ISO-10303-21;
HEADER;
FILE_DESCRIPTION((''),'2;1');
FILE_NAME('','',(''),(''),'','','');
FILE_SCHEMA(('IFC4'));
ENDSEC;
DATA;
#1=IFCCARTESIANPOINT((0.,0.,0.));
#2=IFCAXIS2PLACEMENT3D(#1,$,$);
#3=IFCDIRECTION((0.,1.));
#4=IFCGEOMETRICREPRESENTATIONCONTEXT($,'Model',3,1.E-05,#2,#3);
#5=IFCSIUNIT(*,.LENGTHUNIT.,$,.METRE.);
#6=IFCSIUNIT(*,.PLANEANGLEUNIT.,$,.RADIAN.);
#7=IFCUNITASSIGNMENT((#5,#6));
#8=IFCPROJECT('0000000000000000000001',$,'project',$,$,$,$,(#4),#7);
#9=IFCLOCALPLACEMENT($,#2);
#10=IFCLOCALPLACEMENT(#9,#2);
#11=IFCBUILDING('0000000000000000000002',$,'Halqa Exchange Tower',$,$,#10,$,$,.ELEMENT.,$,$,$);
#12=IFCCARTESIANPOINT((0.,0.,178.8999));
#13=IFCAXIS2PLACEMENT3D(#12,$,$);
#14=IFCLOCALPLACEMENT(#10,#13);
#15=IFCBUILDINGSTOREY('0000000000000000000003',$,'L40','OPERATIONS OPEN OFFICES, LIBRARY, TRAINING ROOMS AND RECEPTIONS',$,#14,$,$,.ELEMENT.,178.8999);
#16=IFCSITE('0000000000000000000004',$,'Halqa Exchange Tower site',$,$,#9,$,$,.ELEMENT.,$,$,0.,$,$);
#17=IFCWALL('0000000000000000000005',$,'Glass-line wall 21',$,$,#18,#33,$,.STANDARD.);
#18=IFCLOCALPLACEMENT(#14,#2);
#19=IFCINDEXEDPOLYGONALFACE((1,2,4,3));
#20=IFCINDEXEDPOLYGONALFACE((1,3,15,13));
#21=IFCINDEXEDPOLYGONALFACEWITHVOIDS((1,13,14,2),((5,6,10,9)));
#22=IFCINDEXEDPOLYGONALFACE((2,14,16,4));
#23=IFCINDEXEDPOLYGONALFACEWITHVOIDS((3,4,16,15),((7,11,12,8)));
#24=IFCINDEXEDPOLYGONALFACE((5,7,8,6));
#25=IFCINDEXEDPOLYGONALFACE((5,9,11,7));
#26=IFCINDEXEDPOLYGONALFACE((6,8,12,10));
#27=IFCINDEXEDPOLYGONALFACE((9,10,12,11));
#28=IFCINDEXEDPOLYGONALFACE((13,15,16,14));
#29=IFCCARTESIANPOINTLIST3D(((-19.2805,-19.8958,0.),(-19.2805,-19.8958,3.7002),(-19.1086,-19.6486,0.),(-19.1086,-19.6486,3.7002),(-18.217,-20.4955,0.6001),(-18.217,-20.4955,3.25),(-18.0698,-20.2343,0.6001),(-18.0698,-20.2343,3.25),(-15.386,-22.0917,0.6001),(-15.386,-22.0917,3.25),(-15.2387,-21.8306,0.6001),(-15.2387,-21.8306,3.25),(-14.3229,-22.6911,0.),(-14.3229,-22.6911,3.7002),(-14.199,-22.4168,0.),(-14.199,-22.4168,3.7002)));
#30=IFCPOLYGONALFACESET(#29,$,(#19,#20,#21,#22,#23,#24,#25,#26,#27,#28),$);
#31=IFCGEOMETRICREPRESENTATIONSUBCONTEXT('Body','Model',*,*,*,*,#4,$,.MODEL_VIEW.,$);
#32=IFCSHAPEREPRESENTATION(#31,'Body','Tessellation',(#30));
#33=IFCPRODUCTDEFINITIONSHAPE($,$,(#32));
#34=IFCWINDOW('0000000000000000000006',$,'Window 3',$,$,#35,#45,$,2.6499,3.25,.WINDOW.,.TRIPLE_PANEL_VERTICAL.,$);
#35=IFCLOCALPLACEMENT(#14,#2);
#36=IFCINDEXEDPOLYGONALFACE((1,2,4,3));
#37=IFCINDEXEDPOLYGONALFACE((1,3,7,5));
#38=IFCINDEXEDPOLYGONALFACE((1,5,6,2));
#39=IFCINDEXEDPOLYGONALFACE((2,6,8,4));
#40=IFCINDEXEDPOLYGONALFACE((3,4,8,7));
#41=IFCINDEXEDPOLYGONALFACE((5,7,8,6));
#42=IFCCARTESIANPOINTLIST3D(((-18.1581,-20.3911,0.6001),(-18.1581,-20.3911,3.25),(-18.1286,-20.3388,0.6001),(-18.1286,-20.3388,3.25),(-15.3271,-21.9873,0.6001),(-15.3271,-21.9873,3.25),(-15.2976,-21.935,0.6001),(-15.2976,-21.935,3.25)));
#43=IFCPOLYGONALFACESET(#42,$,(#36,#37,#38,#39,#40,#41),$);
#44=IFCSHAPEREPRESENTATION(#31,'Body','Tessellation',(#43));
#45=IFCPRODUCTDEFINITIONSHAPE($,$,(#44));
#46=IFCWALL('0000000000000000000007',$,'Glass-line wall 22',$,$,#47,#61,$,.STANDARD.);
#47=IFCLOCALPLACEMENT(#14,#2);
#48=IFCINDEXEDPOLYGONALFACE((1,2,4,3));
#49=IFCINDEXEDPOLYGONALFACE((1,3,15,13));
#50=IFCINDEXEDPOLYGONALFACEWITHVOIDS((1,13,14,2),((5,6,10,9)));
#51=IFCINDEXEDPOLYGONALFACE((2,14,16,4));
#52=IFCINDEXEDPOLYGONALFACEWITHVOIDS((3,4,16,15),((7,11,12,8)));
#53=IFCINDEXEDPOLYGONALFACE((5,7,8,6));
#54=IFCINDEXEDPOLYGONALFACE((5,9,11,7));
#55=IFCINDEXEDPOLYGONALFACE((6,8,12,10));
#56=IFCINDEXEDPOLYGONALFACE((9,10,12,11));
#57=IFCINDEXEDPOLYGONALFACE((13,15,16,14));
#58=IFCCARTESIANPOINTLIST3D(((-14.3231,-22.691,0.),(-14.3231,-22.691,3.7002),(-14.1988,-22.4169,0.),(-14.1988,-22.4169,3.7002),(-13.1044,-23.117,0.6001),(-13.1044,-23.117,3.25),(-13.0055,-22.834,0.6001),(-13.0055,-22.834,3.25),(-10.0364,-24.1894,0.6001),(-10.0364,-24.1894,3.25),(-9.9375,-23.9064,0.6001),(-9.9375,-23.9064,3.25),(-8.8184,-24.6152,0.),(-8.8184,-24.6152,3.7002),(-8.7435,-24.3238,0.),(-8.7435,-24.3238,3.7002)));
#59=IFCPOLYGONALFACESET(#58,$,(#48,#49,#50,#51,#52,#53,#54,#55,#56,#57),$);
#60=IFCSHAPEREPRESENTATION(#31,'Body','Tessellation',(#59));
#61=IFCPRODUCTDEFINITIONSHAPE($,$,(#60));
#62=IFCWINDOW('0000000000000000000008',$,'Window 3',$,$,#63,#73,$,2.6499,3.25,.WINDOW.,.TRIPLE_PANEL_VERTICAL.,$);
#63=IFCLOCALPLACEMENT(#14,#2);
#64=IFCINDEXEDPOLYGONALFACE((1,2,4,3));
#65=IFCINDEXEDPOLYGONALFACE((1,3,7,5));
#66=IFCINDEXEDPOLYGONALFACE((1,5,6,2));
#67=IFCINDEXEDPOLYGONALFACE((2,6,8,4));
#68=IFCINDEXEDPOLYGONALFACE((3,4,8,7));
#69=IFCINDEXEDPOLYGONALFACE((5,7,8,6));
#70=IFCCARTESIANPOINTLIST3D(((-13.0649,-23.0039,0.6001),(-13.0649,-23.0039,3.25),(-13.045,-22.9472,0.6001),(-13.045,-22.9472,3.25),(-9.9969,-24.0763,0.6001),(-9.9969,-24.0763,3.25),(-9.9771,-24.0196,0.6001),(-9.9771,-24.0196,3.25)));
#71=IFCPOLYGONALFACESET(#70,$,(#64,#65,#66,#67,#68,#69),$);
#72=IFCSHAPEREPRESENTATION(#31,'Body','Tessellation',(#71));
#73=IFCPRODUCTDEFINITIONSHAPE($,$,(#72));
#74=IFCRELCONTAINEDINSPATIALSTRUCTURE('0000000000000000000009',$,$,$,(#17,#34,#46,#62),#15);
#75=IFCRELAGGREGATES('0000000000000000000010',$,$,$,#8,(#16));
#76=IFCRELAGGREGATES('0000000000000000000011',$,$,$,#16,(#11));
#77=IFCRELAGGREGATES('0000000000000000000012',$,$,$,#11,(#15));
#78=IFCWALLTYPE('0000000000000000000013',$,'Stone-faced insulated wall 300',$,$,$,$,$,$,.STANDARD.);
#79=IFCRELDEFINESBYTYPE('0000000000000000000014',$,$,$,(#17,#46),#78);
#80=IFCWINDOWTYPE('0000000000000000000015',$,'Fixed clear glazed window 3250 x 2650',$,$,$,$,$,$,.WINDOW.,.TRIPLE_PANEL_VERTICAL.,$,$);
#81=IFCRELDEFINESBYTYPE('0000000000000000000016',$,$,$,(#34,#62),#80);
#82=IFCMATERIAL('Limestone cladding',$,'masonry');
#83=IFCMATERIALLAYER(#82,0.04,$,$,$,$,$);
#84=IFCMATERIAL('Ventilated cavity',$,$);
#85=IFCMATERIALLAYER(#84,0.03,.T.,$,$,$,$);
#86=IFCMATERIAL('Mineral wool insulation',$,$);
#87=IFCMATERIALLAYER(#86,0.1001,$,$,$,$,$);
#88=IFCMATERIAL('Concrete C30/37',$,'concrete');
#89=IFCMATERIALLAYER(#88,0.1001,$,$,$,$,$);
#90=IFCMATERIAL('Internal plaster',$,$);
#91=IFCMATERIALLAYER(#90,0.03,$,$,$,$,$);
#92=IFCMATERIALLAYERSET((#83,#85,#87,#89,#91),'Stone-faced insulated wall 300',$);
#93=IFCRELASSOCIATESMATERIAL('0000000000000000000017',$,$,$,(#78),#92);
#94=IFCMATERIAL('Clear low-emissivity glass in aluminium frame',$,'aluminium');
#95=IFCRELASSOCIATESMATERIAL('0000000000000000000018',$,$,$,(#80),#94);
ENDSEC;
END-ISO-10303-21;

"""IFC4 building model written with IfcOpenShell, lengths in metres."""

from ifc_helpers import new_model, si_unit, direction, frame, frame_2d, origin, place, context, subcontext, project, spatial, polyline, rectangle, outline, extrude, material, layer, layer_set, type_object, element, fill, save


model = new_model("IFC4")

# Units and contexts
model_context = context("Model", 3, precision=1e-05, world=origin(), true_north=direction((0.0, 1.0)))
body_context = subcontext(model_context, "Body", "Model", "MODEL_VIEW")
ifc_project = project(units=[si_unit("LENGTHUNIT", "METRE"), si_unit("PLANEANGLEUNIT", "RADIAN")], contexts=[model_context])

# Site, building, storey
site_placement = place(None, origin())
site = spatial("IfcSite", under=ifc_project, at=site_placement, Name="Halqa Exchange Tower site", CompositionType="ELEMENT", RefElevation=0.0)
building_placement = place(site_placement, origin())
building = spatial("IfcBuilding", under=site, at=building_placement, Name="Halqa Exchange Tower", CompositionType="ELEMENT")
storey_placement = place(building_placement, frame((0.0, 0.0, 178.8999)))
storey = spatial("IfcBuildingStorey", under=building, at=storey_placement, Name="L40", Description="OPERATIONS OPEN OFFICES, LIBRARY, TRAINING ROOMS AND RECEPTIONS", CompositionType="ELEMENT", Elevation=178.8999)

# Shared definitions
ifc_material_1 = material(Name="Limestone cladding", Category="masonry")
ifc_layer_1 = layer(ifc_material_1, 0.04)
ifc_material_2 = material(Name="Ventilated cavity")
ifc_layer_2 = layer(ifc_material_2, 0.03, ventilated=True)
ifc_material_3 = material(Name="Mineral wool insulation")
ifc_layer_3 = layer(ifc_material_3, 0.1001)
ifc_material_4 = material(Name="Concrete C30/37", Category="concrete")
ifc_layer_4 = layer(ifc_material_4, 0.1001)
ifc_material_5 = material(Name="Internal plaster")
ifc_layer_5 = layer(ifc_material_5, 0.03)
ifc_layer_set_1 = layer_set([ifc_layer_1, ifc_layer_2, ifc_layer_3, ifc_layer_4, ifc_layer_5], Name="Stone-faced insulated wall 300")
wall_type_1 = type_object("IfcWallType", Name="Stone-faced insulated wall 300", PredefinedType="STANDARD", material=ifc_layer_set_1)
ifc_material_6 = material(Name="Clear low-emissivity glass in aluminium frame", Category="aluminium")

# Walls, openings, windows
wall_1_placement = place(storey_placement, frame((-19.1946, -19.7722, 0.0), z_axis=(0.0, 0.0, 1.0), x_axis=(0.871078, -0.491145, 0.0)))
wall_1 = element("IfcWall", 1, at=wall_1_placement, inside=storey, type_object=wall_type_1, Name="Glass-line wall 21", PredefinedType="STANDARD", context=body_context, shape_type="SweptSolid", body=[
    extrude(outline(polyline([(-0.0142, -0.1499), (5.6772, -0.1499), (5.6504, 0.1499), (0.0142, 0.1499), (-0.0142, -0.1499)])), origin(), (0.0, 0.0, 1.0), 3.7002),
])
opening_1_placement = place(wall_1_placement, frame((1.2068, 0.0, 0.6001)))
opening_1 = element("IfcOpeningElement", 2, at=opening_1_placement, cuts=wall_1, PredefinedType="OPENING", context=body_context, shape_type="SweptSolid", body=[
    extrude(rectangle(XDim=3.25, YDim=2.6499, at=frame_2d((1.625, 1.325))), frame((0.0, 0.1621, 0.0), z_axis=(0.0, -1.0, 0.0), x_axis=(1.0, 0.0, 0.0)), (0.0, 0.0, 1.0), 0.324),
])
window_type = type_object("IfcWindowType", Name="Fixed clear glazed window 3250 x 2650", PartitioningType="TRIPLE_PANEL_VERTICAL", PredefinedType="WINDOW", material=ifc_material_6)
window_1_placement = place(opening_1_placement, origin())
window_1 = element("IfcWindow", 3, at=window_1_placement, inside=storey, type_object=window_type, Name="Window 3", OverallHeight=2.6499, OverallWidth=3.25, PartitioningType="TRIPLE_PANEL_VERTICAL", PredefinedType="WINDOW", context=body_context, shape_type="SweptSolid", body=[
    extrude(rectangle(XDim=3.25, YDim=2.6499, at=frame_2d((1.625, 1.325))), frame((0.0, 0.03, 0.0), z_axis=(0.0, -1.0, 0.0), x_axis=(1.0, 0.0, 0.0)), (0.0, 0.0, 1.0), 0.0601),
])
fill(opening_1, window_1)
wall_2_placement = place(storey_placement, frame((-14.261, -22.554, 0.0), z_axis=(0.0, 0.0, 1.0), x_axis=(0.943991, -0.329972, 0.0)))
wall_2 = element("IfcWall", 4, at=wall_2_placement, inside=storey, type_object=wall_type_1, Name="Glass-line wall 22", PredefinedType="STANDARD", context=body_context, shape_type="SweptSolid", body=[
    extrude(outline(polyline([(-0.0134, -0.1499), (5.8179, -0.1499), (5.7925, 0.1499), (0.0134, 0.1499), (-0.0134, -0.1499)])), origin(), (0.0, 0.0, 1.0), 3.7002),
])
opening_2_placement = place(wall_2_placement, frame((1.2776, 0.0, 0.6001)))
opening_2 = element("IfcOpeningElement", 5, at=opening_2_placement, cuts=wall_2, PredefinedType="OPENING", context=body_context, shape_type="SweptSolid", body=[
    extrude(rectangle(XDim=3.25, YDim=2.6499, at=frame_2d((1.625, 1.325))), frame((0.0, 0.1621, 0.0), z_axis=(0.0, -1.0, 0.0), x_axis=(1.0, 0.0, 0.0)), (0.0, 0.0, 1.0), 0.324),
])
window_2_placement = place(opening_2_placement, origin())
window_2 = element("IfcWindow", 6, at=window_2_placement, inside=storey, type_object=window_type, Name="Window 3", OverallHeight=2.6499, OverallWidth=3.25, PartitioningType="TRIPLE_PANEL_VERTICAL", PredefinedType="WINDOW", context=body_context, shape_type="SweptSolid", body=[
    extrude(rectangle(XDim=3.25, YDim=2.6499, at=frame_2d((1.625, 1.325))), frame((0.0, 0.03, 0.0), z_axis=(0.0, -1.0, 0.0), x_axis=(1.0, 0.0, 0.0)), (0.0, 0.0, 1.0), 0.0601),
])
fill(opening_2, window_2)

save(model, "model.ifc")
